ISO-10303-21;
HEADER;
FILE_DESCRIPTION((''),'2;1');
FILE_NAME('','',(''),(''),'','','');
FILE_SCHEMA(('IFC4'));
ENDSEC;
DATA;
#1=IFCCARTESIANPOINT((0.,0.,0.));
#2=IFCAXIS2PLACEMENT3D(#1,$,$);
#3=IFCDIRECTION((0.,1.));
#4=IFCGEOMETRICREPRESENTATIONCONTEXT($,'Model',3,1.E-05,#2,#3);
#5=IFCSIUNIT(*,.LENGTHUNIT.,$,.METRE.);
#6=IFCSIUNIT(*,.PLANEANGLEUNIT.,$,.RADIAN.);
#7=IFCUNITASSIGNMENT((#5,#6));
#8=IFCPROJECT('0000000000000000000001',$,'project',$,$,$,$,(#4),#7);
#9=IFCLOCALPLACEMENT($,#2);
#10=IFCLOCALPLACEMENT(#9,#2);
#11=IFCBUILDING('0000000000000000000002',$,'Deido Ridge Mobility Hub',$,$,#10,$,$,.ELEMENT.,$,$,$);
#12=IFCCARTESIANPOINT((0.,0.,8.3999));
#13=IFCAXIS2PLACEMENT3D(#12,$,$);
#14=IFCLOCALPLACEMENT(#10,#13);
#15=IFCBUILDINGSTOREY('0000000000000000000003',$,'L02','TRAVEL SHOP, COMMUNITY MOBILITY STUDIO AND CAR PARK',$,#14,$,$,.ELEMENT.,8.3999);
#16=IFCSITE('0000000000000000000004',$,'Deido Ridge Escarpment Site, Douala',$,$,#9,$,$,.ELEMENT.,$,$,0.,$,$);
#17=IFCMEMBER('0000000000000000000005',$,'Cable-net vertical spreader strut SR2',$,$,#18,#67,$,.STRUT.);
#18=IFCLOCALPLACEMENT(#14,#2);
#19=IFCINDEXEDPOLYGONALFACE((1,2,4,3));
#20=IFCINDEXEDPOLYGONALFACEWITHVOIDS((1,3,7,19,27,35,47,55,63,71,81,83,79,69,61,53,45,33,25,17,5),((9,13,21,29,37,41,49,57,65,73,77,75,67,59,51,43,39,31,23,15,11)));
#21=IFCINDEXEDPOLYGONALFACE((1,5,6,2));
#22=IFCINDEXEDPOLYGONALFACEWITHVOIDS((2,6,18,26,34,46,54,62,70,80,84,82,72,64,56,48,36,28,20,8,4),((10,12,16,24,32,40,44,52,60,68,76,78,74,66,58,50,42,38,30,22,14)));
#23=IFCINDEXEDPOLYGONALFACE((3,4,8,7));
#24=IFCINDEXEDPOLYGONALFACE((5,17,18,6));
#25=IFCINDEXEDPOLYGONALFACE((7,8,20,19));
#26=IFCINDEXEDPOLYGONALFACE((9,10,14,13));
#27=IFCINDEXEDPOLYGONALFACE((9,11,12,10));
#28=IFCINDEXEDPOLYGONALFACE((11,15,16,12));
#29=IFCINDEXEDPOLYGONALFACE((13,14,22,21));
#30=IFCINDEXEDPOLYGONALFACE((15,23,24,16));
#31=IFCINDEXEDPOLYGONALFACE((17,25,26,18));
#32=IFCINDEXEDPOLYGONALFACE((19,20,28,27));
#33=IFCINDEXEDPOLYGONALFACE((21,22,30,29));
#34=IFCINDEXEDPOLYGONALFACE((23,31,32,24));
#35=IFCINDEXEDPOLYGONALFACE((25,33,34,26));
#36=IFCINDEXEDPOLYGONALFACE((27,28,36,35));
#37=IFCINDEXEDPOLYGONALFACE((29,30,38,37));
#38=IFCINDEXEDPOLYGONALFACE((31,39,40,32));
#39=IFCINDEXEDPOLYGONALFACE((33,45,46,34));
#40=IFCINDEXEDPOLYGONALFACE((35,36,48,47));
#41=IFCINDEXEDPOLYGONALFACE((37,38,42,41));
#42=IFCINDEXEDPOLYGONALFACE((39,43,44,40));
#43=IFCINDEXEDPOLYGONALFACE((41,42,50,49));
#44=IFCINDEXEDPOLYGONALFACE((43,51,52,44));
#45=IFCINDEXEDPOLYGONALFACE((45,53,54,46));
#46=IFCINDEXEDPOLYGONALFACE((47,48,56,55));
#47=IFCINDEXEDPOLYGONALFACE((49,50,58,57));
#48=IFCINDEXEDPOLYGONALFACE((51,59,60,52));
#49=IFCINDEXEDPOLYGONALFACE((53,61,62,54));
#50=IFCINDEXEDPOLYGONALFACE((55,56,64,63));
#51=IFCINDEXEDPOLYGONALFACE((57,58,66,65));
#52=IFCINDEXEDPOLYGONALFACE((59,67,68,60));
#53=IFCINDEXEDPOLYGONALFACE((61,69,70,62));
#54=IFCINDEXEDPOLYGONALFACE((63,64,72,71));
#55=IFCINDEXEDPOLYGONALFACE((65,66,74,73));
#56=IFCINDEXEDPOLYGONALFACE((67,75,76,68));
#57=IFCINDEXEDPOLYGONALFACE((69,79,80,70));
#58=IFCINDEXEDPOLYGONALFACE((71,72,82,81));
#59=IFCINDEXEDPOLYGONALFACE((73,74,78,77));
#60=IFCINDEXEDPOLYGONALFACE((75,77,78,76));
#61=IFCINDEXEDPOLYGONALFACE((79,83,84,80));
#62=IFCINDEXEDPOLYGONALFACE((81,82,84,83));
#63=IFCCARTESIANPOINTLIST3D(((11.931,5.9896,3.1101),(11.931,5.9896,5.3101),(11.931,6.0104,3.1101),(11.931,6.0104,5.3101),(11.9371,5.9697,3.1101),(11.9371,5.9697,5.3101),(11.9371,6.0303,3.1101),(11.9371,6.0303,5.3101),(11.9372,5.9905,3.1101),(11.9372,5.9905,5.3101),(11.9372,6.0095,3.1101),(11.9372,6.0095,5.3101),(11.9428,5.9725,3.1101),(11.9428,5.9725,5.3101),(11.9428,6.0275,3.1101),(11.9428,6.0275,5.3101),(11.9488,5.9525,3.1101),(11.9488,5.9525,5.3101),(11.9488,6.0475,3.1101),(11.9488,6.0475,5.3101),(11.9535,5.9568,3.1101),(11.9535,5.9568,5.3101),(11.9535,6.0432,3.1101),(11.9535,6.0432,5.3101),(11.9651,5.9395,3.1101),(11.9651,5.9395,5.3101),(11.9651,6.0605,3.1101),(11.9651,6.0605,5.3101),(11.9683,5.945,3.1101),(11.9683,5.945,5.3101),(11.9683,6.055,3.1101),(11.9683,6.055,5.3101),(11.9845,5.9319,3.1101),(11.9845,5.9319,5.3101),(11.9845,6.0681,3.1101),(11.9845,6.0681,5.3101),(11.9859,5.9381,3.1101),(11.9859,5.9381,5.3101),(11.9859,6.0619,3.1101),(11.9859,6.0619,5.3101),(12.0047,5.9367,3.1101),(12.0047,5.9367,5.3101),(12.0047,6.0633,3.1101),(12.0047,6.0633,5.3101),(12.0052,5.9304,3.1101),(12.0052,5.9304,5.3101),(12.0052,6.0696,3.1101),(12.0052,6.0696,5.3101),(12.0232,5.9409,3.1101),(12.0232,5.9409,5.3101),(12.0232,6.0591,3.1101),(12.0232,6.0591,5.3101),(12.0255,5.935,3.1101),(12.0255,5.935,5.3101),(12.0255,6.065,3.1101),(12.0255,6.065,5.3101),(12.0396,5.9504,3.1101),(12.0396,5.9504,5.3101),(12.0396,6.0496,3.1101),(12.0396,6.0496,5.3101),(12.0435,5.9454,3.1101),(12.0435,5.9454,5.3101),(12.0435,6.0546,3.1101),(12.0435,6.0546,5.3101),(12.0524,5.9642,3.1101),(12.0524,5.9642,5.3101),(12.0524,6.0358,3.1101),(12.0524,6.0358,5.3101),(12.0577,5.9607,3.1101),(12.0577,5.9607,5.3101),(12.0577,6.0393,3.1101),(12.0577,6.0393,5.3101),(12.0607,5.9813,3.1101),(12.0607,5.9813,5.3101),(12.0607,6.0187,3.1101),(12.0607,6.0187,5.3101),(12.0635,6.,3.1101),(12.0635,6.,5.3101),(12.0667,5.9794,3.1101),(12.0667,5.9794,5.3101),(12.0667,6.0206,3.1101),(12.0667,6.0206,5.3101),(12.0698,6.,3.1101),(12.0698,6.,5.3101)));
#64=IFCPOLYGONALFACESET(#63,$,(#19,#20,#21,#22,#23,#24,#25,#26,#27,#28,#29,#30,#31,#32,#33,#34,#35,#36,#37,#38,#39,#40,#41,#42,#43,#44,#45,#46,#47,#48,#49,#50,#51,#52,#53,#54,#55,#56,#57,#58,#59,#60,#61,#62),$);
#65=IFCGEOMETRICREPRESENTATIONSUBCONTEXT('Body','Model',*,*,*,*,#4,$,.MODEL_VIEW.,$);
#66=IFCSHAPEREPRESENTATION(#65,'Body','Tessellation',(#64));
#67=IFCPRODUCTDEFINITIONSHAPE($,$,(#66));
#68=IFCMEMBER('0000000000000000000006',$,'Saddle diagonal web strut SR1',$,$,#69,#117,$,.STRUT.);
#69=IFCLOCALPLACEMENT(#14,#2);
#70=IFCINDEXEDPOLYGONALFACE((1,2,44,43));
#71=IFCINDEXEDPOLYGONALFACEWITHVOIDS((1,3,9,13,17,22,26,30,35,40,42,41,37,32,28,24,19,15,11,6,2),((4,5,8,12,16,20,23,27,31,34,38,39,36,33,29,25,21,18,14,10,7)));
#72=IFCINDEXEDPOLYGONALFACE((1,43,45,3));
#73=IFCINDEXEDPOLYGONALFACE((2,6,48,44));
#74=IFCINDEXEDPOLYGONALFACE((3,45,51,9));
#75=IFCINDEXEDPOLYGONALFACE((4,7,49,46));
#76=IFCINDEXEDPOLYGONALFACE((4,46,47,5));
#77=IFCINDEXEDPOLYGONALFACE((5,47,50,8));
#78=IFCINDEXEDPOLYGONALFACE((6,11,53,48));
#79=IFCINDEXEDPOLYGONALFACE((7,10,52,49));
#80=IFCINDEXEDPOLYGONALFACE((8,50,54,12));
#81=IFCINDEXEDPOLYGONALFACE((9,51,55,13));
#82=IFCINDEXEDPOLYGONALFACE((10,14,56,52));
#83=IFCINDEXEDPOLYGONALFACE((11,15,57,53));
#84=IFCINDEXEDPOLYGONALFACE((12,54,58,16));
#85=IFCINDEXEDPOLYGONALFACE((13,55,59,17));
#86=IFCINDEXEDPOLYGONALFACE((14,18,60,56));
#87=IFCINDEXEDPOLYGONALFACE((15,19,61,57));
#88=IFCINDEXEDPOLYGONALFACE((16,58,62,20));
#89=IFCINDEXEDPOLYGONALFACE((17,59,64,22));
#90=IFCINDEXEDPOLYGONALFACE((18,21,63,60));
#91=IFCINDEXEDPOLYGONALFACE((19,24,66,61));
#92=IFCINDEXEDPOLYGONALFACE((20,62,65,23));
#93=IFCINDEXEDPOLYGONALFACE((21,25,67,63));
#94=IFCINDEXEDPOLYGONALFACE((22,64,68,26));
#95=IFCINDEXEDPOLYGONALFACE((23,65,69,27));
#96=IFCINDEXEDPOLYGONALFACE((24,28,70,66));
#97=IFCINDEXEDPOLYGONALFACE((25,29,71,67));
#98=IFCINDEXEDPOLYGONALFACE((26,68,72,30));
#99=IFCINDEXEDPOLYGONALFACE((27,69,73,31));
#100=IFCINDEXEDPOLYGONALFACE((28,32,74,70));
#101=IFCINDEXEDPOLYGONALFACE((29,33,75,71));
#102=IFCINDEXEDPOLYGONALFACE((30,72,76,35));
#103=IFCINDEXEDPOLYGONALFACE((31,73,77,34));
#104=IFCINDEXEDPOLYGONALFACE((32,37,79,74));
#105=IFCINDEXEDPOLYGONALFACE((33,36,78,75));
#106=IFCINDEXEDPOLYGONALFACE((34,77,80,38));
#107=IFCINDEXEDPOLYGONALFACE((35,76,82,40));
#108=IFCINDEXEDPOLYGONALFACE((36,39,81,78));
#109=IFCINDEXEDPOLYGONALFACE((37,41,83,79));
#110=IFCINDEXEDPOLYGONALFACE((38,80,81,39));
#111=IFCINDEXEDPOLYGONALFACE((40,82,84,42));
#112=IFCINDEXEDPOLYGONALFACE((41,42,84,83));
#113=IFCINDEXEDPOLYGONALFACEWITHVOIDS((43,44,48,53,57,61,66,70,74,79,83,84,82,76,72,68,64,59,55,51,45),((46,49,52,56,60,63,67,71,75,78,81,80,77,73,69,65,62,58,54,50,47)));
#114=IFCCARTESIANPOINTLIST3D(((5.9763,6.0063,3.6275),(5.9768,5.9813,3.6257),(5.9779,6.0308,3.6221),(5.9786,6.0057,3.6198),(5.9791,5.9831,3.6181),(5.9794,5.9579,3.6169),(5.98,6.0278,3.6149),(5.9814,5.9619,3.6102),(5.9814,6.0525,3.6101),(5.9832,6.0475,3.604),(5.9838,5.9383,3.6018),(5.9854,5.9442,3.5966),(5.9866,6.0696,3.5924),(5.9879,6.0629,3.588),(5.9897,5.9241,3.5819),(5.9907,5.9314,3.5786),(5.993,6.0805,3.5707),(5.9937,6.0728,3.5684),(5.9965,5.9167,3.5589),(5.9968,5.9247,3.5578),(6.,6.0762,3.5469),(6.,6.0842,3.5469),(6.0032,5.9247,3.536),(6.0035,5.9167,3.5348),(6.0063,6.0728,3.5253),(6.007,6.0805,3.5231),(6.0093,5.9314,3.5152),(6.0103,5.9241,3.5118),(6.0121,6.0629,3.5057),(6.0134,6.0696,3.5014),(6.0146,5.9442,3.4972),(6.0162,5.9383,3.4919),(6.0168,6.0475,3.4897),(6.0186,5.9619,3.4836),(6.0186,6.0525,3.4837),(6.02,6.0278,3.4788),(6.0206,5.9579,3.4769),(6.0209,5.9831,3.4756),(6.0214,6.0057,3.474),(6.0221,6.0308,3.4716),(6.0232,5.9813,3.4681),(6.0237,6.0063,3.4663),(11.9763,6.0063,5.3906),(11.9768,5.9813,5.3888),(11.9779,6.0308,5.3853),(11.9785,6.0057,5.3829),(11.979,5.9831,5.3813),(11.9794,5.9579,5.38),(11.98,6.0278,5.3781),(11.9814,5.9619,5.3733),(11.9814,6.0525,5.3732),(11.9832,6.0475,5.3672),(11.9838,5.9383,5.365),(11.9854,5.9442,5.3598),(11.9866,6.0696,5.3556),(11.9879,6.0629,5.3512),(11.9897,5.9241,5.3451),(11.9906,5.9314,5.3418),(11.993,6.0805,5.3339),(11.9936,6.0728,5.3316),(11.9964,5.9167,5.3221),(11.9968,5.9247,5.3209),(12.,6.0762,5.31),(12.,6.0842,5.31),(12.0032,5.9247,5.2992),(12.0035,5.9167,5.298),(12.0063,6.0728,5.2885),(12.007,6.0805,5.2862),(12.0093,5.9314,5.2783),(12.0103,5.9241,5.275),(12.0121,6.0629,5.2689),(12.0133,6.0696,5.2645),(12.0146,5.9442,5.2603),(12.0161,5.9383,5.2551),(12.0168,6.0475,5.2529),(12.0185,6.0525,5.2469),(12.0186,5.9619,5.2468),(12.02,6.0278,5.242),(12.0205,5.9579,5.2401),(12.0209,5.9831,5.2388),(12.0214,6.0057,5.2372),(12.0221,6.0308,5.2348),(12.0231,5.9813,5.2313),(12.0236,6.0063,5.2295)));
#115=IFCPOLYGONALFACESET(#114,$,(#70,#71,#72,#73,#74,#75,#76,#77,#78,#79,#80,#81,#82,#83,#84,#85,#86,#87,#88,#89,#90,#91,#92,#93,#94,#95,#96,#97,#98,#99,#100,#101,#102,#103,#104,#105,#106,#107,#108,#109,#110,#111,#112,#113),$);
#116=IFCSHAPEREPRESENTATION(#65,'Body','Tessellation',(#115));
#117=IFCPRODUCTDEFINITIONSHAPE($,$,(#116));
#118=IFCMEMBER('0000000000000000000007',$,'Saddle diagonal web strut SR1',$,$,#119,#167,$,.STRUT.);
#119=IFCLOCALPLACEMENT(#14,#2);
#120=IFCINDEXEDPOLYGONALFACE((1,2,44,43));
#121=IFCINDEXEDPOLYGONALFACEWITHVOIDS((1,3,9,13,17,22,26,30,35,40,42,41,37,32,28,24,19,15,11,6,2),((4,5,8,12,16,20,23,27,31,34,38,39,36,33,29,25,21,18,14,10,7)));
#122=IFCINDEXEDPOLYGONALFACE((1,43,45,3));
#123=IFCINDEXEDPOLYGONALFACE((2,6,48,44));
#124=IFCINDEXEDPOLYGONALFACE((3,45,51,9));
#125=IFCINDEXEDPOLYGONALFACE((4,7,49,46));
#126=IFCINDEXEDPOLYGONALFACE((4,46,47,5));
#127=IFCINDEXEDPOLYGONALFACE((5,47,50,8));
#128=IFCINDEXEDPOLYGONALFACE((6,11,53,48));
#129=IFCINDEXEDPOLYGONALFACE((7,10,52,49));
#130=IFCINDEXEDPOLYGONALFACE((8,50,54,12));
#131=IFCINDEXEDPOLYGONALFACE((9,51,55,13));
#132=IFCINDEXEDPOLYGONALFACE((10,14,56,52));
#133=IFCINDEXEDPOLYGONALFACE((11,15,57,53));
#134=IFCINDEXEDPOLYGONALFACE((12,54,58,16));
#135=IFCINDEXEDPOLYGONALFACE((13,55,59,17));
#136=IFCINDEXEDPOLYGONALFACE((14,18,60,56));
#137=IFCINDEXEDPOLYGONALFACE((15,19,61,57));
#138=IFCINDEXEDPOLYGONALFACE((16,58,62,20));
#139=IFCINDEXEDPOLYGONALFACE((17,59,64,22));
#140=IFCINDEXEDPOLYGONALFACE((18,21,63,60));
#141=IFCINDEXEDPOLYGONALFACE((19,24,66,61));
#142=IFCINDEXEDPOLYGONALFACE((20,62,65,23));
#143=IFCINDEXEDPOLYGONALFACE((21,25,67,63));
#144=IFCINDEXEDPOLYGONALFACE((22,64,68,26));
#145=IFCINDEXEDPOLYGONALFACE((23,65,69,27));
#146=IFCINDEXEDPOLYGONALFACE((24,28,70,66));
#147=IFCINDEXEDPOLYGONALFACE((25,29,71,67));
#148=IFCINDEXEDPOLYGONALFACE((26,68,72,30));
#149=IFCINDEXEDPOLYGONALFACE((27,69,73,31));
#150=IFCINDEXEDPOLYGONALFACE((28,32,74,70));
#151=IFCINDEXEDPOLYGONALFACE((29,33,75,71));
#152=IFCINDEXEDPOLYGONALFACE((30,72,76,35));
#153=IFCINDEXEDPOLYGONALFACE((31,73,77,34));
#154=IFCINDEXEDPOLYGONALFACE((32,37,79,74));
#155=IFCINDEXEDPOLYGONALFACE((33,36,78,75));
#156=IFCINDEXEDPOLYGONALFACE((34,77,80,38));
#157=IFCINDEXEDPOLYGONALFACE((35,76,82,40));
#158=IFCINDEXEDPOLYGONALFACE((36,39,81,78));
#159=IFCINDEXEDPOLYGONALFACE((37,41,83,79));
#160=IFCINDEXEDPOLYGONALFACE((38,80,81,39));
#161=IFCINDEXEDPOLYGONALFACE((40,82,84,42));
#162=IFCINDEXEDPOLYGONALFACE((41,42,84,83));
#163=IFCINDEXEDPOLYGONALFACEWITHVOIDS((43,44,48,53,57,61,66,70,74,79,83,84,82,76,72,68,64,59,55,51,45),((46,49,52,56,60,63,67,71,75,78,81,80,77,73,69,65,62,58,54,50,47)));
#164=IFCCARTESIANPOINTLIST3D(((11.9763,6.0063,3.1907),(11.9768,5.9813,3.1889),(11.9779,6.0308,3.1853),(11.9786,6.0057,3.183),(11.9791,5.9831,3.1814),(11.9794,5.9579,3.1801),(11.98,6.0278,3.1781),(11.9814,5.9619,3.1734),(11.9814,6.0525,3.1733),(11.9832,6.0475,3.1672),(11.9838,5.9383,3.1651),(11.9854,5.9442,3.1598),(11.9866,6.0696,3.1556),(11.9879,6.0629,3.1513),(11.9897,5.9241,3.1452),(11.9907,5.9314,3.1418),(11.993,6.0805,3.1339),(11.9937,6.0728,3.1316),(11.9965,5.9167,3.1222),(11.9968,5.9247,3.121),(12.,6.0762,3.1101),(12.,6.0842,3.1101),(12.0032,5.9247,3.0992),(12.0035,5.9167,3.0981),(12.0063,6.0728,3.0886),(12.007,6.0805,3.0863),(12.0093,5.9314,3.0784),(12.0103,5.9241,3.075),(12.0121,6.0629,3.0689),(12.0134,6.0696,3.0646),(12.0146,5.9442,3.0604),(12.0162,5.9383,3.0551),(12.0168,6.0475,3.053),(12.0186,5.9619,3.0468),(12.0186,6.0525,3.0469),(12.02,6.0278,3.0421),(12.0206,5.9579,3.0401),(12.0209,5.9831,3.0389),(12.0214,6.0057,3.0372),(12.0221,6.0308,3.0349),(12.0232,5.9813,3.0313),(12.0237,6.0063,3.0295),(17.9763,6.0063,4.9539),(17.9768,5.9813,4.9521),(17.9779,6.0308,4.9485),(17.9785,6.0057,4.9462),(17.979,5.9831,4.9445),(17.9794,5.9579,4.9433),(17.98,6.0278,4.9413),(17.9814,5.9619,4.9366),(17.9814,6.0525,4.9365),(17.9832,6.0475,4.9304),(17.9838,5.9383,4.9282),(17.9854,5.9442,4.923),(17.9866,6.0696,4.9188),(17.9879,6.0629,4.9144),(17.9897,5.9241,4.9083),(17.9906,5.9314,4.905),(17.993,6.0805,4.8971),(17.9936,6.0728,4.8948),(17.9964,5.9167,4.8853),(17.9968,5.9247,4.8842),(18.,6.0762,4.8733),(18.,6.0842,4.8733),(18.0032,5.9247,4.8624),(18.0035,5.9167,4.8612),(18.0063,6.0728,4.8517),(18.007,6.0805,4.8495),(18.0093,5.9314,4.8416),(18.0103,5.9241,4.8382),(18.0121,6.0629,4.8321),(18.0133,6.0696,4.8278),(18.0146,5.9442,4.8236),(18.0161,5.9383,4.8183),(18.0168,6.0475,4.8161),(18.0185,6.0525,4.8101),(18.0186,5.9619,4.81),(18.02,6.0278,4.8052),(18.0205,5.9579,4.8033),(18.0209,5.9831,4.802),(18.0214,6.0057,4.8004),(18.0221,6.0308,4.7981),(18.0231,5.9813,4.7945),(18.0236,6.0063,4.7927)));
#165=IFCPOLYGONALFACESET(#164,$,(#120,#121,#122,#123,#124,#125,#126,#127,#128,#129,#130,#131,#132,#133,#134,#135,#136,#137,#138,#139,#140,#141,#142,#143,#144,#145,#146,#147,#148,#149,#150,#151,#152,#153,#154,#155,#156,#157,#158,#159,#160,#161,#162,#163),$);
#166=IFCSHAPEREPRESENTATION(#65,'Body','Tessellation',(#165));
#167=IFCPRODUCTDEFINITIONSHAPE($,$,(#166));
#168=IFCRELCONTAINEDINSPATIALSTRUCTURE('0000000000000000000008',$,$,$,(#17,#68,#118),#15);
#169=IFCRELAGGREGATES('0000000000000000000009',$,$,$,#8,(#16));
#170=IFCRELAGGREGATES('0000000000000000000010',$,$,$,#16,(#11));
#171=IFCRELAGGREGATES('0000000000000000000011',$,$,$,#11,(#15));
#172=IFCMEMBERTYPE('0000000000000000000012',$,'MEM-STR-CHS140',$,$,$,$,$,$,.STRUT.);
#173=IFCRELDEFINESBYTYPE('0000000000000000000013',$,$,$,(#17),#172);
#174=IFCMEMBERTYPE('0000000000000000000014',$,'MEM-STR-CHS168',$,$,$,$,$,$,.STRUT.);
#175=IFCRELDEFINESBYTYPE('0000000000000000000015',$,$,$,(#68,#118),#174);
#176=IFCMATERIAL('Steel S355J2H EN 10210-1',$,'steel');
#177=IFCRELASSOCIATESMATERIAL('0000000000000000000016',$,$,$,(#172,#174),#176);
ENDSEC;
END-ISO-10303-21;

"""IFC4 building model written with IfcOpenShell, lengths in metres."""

from ifc_helpers import new_model, si_unit, direction, frame, origin, origin_2d, place, context, subcontext, project, spatial, hollow_circle, extrude, material, material_profile, profile_set, type_object, element, save


model = new_model("IFC4")

# Units and contexts
model_context = context("Model", 3, precision=1e-05, world=origin(), true_north=direction((0.0, 1.0)))
body_context = subcontext(model_context, "Body", "Model", "MODEL_VIEW")
ifc_project = project(units=[si_unit("LENGTHUNIT", "METRE"), si_unit("PLANEANGLEUNIT", "RADIAN")], contexts=[model_context])

# Site, building, storey
site_placement = place(None, origin())
site = spatial("IfcSite", under=ifc_project, at=site_placement, Name="Deido Ridge Escarpment Site, Douala", CompositionType="ELEMENT", RefElevation=0.0)
building_placement = place(site_placement, origin())
building = spatial("IfcBuilding", under=site, at=building_placement, Name="Deido Ridge Mobility Hub", CompositionType="ELEMENT")
storey_placement = place(building_placement, frame((0.0, 0.0, 8.3999)))
storey = spatial("IfcBuildingStorey", under=building, at=storey_placement, Name="L02", Description="TRAVEL SHOP, COMMUNITY MOBILITY STUDIO AND CAR PARK", CompositionType="ELEMENT", Elevation=8.3999)

# Members
ifc_material_1 = material(Name="Steel S355J2H EN 10210-1", Category="steel")
ifc_material_profile_1 = material_profile(ifc_material_1, hollow_circle(Radius=0.0698, WallThickness=0.0063, at=origin_2d()), Name="CHS 139.7x6.3")
ifc_profile_set_1 = profile_set([ifc_material_profile_1], Name="Steel S355J2H EN 10210-1")
member_type_1 = type_object("IfcMemberType", Name="MEM-STR-CHS140", PredefinedType="STRUT", material=ifc_profile_set_1)
for number, where, z_axis, x_axis, name in (
    (1, (12.0, 6.0, 3.1101), (0.0, 0.0, 1.0), (1.0, 0.0, 0.0), "Cable-net vertical spreader strut SR2"),
):
    element("IfcMember", number, at=place(storey_placement, frame(where, z_axis=z_axis, x_axis=x_axis)), inside=storey, type_object=member_type_1, Name=name, PredefinedType="STRUT", context=body_context, shape_type="SweptSolid", body=[
        extrude(hollow_circle(Radius=0.0698, WallThickness=0.0063, at=origin_2d()), origin(), (0.0, 0.0, 1.0), 2.2),
    ])
ifc_material_profile_2 = material_profile(ifc_material_1, hollow_circle(Radius=0.0842, WallThickness=0.0081, at=origin_2d()), Name="CHS 168.3x8")
ifc_profile_set_2 = profile_set([ifc_material_profile_2], Name="Steel S355J2H EN 10210-1")
member_type_2 = type_object("IfcMemberType", Name="MEM-STR-CHS168", PredefinedType="STRUT", material=ifc_profile_set_2)
for number, where, z_axis, x_axis, name in (
    (2, (6.0, 6.0, 3.5469), (0.959431, 0.0, 0.281942), (0.0, 1.0, 0.0), "Saddle diagonal web strut SR1"),
    (3, (12.0, 6.0, 3.1101), (0.959431, 0.0, 0.281942), (0.0, 1.0, 0.0), "Saddle diagonal web strut SR1"),
):
    element("IfcMember", number, at=place(storey_placement, frame(where, z_axis=z_axis, x_axis=x_axis)), inside=storey, type_object=member_type_2, Name=name, PredefinedType="STRUT", context=body_context, shape_type="SweptSolid", body=[
        extrude(hollow_circle(Radius=0.0842, WallThickness=0.0081, at=origin_2d()), origin(), (0.0, 0.0, 1.0), 6.2537),
    ])

save(model, "model.ifc")
